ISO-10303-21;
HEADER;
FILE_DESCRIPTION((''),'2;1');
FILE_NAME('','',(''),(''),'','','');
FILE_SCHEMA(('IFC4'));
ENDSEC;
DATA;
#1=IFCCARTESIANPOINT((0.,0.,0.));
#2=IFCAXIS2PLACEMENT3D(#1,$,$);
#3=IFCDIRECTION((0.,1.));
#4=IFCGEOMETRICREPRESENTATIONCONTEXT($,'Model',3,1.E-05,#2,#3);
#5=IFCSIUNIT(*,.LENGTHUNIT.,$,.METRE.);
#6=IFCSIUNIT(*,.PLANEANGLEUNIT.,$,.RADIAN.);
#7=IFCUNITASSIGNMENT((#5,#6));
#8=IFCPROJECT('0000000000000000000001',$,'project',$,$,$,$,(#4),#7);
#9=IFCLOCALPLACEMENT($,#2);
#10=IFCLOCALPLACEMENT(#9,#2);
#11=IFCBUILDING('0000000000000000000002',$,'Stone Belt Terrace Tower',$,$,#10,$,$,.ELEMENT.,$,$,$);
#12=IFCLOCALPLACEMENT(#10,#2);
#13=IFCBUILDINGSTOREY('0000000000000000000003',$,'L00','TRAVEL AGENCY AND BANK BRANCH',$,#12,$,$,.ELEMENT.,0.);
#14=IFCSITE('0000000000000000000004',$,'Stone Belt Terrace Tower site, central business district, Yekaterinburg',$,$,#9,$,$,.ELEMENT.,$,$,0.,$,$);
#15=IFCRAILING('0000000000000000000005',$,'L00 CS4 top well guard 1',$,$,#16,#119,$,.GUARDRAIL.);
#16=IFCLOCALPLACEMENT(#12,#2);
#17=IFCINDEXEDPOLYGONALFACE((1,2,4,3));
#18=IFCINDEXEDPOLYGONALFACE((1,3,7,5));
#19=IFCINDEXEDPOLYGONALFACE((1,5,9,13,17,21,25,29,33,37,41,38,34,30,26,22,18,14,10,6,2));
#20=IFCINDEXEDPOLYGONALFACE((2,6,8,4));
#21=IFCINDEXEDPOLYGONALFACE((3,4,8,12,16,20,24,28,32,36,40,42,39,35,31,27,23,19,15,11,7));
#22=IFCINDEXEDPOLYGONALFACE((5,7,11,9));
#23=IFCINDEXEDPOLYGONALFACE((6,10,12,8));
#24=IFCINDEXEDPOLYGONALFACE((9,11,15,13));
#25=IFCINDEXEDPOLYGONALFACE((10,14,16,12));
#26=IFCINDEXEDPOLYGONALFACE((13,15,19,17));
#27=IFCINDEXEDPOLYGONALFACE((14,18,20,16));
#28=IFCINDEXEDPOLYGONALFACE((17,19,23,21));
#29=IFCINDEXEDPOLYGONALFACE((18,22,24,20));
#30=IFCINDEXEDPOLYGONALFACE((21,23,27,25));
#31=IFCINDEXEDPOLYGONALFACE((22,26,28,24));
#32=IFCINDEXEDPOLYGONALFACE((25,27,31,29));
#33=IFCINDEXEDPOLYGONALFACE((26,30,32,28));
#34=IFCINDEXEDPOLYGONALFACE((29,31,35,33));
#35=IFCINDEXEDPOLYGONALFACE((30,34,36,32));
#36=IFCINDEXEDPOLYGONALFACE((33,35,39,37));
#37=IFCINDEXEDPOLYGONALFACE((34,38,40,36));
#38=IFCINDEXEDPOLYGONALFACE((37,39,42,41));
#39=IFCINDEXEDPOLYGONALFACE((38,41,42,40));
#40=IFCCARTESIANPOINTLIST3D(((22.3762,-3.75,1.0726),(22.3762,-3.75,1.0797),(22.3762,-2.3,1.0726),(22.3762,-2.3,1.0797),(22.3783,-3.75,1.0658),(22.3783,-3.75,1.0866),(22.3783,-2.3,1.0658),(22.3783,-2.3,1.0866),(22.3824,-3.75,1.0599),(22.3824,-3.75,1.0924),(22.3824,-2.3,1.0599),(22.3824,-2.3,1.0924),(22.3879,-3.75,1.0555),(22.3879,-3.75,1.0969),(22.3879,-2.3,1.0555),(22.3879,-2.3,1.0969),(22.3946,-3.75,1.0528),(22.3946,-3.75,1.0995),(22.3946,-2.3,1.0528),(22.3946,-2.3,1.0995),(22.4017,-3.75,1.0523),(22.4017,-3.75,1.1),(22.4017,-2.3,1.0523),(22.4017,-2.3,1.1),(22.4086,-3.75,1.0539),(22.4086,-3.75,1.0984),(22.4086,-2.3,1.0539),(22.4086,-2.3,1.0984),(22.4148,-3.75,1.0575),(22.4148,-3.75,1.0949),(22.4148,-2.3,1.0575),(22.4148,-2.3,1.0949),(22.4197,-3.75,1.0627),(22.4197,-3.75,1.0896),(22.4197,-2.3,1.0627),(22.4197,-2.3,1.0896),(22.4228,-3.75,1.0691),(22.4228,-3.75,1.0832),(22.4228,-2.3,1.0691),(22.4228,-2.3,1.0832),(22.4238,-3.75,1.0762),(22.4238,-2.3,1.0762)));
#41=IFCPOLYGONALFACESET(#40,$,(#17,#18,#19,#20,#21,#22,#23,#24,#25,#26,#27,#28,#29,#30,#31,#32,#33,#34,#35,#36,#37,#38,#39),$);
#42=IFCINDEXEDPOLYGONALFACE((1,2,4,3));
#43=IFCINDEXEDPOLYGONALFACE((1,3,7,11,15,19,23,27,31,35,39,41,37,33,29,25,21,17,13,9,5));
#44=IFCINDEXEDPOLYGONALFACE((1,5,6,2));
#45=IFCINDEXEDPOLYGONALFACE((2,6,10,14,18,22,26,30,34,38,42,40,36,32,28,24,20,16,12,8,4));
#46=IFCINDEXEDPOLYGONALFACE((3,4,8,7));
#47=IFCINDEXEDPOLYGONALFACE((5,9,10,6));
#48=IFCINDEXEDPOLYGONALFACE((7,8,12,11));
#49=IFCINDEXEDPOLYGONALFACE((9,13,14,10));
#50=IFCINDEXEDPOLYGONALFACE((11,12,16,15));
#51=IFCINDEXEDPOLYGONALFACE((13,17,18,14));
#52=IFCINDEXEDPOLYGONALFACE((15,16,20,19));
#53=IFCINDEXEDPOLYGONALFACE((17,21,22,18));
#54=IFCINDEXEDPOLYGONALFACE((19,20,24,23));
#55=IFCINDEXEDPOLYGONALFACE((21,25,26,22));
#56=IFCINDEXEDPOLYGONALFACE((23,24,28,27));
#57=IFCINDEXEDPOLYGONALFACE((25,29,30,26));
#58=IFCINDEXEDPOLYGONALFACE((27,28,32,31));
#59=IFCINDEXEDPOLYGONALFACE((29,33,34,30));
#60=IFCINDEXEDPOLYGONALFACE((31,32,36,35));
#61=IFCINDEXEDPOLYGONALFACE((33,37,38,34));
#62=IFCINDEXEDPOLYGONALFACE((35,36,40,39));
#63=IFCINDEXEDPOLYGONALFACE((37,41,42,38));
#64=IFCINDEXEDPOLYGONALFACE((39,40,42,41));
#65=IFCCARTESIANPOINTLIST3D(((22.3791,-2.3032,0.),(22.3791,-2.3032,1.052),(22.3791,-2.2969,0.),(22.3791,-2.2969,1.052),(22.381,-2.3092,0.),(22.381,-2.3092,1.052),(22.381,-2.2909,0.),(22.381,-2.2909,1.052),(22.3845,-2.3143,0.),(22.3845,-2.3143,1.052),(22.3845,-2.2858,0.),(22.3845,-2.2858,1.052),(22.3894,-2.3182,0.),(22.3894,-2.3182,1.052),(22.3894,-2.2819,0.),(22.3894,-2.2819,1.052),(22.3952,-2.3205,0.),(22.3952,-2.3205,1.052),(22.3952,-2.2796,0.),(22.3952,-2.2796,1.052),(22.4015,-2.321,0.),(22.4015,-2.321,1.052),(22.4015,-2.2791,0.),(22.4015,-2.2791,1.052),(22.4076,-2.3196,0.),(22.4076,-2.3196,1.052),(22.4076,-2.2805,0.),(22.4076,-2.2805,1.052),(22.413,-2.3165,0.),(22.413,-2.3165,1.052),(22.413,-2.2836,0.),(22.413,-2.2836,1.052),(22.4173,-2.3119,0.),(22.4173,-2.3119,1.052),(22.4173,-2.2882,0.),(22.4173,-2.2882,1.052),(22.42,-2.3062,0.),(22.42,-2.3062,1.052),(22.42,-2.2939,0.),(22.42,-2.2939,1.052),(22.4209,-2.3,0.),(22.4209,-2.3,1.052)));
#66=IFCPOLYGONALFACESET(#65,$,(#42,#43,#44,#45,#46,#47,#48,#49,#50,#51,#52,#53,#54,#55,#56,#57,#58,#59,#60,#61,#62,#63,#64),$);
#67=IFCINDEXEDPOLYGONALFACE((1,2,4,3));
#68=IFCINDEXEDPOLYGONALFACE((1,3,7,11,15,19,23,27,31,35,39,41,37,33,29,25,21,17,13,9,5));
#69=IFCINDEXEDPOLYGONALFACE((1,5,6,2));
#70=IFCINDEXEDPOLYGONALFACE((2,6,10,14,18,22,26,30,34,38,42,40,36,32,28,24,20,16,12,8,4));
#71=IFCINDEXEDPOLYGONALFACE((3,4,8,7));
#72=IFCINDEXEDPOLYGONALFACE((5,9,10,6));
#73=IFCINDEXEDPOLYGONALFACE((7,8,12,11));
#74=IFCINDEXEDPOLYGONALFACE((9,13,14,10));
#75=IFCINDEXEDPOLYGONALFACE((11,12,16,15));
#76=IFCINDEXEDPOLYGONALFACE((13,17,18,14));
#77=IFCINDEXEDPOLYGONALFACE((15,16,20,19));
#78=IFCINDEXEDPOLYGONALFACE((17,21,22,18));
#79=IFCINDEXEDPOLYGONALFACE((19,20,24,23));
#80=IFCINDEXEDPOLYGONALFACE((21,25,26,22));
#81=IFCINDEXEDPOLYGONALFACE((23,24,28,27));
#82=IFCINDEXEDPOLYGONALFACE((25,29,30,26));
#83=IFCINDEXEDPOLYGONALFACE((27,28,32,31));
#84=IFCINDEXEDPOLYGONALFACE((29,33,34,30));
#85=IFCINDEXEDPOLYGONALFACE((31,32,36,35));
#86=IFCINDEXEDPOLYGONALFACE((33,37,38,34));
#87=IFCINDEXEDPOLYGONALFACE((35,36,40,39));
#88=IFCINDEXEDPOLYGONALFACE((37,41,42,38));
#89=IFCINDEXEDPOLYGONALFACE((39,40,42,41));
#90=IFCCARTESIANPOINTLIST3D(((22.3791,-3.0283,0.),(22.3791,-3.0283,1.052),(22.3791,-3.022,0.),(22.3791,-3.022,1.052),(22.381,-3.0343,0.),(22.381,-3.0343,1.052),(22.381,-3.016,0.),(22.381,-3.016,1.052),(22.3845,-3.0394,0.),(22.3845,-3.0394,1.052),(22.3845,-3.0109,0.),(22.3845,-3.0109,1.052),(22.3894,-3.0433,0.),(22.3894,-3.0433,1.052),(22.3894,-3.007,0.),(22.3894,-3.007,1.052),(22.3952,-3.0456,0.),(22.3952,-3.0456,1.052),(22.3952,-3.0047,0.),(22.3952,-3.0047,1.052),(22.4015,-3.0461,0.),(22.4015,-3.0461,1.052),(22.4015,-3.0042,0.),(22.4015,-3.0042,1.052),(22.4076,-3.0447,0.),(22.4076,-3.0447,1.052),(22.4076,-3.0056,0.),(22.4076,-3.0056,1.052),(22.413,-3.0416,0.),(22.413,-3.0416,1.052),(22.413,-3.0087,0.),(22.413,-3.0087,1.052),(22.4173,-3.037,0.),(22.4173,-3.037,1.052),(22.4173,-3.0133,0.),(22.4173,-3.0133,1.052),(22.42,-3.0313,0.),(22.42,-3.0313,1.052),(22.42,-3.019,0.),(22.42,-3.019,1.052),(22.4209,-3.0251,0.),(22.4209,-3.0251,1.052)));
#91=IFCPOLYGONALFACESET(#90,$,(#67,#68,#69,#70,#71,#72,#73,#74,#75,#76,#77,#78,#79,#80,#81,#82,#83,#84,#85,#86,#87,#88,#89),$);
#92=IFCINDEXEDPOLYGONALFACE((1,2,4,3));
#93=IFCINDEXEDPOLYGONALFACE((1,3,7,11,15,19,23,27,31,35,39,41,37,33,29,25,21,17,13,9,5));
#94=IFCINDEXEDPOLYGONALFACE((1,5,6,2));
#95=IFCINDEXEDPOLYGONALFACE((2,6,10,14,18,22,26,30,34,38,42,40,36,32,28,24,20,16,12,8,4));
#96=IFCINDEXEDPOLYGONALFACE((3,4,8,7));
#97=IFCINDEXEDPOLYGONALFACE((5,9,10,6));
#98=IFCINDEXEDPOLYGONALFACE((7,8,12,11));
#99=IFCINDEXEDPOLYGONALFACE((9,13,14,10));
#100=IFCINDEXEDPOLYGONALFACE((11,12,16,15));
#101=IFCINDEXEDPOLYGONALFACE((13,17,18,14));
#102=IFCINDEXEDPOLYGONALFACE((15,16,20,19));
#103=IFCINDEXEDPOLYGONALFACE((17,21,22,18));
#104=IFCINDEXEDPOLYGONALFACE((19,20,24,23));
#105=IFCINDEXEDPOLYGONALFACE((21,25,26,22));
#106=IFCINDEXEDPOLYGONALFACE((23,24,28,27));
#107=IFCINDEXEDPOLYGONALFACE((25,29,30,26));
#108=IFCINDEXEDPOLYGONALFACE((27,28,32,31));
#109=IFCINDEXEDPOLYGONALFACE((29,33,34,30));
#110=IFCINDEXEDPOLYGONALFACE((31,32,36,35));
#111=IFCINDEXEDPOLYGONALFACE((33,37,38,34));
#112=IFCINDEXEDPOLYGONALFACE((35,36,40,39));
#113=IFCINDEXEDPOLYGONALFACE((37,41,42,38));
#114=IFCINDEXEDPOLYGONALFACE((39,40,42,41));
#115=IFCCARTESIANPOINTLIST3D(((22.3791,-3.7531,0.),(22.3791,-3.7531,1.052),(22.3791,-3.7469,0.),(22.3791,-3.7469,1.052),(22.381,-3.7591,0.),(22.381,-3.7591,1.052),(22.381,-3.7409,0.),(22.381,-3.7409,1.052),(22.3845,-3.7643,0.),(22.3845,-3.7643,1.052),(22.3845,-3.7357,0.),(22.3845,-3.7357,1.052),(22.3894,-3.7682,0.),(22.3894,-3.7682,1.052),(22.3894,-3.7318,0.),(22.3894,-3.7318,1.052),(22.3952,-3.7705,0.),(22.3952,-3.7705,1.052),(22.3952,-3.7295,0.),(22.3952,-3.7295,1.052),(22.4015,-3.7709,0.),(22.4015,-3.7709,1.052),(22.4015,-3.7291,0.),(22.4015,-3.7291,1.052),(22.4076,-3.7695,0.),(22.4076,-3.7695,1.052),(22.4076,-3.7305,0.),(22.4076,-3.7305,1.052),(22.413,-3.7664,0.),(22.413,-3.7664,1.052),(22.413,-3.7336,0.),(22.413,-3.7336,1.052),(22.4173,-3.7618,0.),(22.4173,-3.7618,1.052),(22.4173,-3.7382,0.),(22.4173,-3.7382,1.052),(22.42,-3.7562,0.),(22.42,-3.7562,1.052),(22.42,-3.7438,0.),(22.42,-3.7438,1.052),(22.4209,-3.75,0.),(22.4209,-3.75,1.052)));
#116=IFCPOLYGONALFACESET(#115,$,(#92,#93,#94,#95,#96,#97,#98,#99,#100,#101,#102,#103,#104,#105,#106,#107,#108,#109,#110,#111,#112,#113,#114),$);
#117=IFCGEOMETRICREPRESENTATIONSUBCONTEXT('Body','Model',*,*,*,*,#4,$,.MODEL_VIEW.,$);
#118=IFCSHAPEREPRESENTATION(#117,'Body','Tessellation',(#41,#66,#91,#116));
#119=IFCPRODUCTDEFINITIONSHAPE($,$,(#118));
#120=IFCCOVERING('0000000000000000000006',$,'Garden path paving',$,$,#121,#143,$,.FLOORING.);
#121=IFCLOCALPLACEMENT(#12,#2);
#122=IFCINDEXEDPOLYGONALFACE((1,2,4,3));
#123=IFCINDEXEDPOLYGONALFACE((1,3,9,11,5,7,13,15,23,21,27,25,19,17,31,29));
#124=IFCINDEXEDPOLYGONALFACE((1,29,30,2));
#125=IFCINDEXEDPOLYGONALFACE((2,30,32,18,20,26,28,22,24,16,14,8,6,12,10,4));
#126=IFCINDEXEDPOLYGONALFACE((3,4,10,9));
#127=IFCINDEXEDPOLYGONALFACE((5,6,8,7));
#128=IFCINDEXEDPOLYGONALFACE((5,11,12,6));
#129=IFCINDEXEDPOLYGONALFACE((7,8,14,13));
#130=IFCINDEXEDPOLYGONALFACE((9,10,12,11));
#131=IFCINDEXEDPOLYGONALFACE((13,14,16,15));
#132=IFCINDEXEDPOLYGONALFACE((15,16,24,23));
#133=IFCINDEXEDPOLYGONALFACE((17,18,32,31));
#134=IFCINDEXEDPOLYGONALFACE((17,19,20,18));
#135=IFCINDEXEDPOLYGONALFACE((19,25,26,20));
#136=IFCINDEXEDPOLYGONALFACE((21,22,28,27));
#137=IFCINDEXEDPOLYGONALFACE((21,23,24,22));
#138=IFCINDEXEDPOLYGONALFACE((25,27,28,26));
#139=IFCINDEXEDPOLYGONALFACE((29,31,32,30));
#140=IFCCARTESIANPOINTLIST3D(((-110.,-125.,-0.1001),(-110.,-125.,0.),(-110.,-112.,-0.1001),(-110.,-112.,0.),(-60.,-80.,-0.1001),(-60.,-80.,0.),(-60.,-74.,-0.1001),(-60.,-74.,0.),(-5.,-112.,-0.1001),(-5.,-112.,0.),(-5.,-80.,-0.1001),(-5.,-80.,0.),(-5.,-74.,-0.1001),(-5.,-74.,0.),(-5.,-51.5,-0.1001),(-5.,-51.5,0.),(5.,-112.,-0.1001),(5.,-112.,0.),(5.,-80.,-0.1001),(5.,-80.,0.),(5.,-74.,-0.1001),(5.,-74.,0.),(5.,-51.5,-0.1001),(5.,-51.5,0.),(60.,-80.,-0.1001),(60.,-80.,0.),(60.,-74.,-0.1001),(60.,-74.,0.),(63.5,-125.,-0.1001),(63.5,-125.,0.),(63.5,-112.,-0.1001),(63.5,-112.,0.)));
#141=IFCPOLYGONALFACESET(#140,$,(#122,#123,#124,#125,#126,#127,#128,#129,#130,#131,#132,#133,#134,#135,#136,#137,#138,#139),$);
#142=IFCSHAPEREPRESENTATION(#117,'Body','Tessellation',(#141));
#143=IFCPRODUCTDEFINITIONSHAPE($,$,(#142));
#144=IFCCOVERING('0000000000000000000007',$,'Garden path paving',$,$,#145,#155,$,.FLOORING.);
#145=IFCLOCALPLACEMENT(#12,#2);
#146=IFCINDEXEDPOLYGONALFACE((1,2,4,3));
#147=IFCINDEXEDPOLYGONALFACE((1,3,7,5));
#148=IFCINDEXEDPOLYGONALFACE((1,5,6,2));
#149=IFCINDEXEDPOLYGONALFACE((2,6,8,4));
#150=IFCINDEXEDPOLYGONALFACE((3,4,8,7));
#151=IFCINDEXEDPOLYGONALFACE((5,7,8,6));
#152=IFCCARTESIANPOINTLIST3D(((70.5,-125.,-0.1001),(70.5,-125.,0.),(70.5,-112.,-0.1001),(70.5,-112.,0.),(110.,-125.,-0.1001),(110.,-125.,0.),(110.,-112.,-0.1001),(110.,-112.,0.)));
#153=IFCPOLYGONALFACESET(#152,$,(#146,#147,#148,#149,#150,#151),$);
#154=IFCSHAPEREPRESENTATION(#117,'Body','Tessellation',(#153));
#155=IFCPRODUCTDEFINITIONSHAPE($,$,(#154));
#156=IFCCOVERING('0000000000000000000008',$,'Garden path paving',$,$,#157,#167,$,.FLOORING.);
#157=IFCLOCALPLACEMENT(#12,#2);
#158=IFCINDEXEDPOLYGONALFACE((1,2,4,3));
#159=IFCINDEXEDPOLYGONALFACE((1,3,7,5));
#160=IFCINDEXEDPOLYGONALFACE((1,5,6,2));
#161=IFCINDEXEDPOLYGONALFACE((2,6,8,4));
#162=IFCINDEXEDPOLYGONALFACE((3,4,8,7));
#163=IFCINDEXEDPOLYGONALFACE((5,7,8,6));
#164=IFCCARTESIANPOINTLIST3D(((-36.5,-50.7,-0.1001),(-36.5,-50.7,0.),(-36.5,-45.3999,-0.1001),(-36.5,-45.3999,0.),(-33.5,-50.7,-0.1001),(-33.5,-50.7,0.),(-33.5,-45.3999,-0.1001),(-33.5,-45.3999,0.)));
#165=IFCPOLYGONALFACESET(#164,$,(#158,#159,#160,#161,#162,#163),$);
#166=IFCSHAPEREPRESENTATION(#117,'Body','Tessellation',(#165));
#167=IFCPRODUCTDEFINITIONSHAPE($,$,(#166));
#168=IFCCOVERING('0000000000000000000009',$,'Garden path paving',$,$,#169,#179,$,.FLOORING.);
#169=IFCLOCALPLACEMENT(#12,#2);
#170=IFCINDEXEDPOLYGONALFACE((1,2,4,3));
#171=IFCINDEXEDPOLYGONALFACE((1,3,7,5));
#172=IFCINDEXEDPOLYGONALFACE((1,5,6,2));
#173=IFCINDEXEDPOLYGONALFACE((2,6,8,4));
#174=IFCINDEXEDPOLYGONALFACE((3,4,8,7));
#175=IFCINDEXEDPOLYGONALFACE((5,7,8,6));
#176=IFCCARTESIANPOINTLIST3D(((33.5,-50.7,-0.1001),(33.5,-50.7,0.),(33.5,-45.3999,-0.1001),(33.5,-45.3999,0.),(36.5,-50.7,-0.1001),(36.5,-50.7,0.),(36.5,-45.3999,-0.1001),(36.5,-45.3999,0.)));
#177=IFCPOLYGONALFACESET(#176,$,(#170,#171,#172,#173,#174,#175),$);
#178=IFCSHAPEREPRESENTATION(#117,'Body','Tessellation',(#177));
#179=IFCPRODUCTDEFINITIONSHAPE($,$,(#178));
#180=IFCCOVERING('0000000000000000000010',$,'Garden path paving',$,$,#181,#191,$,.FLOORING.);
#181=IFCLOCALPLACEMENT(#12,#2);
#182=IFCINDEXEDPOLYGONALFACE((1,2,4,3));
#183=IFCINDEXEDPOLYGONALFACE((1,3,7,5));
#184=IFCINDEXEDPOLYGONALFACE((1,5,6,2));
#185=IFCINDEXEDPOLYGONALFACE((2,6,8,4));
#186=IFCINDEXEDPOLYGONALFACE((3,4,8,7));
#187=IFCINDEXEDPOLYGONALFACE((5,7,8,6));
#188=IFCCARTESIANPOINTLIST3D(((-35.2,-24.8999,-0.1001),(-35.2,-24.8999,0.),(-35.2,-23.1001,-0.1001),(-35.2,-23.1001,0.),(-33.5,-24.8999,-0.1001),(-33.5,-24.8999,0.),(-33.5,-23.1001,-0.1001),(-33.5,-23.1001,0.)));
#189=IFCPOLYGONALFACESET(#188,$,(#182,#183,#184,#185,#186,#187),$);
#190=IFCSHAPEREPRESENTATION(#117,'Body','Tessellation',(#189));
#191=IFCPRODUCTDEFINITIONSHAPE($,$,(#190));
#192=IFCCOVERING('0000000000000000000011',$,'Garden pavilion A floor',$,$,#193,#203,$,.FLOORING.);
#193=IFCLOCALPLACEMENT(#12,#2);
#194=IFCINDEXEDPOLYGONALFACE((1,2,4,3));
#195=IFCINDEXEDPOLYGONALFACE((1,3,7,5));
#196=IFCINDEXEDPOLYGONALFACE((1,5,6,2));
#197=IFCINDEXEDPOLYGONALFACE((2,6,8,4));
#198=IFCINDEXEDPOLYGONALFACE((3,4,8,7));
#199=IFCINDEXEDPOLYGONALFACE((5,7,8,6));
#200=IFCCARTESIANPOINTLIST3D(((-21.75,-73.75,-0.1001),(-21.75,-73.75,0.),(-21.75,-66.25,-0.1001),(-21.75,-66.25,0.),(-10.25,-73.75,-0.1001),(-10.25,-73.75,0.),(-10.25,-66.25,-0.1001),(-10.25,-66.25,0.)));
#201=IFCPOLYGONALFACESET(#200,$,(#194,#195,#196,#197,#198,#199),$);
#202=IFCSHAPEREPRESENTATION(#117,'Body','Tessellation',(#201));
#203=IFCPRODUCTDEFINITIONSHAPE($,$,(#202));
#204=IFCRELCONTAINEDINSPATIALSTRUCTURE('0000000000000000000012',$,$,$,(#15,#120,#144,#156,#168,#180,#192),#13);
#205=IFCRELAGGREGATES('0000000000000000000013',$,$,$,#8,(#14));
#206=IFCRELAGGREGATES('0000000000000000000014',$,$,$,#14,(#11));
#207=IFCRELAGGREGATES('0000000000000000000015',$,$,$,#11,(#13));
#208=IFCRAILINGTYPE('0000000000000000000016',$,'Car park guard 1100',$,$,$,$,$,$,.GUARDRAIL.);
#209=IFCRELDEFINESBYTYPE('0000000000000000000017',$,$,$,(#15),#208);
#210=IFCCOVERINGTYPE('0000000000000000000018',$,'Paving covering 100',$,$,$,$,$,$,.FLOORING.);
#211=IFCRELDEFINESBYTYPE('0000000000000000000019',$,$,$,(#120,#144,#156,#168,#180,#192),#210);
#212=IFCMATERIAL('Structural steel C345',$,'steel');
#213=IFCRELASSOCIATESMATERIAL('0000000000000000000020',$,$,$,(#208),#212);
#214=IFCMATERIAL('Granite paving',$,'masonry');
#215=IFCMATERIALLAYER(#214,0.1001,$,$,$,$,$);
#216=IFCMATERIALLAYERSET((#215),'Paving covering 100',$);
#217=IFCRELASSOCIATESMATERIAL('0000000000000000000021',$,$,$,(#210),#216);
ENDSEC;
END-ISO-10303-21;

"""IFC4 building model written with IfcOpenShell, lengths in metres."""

from ifc_helpers import new_model, si_unit, direction, frame, origin, origin_2d, place, context, subcontext, project, spatial, polyline, circle, outline, extrude, material, layer, layer_set, type_object, element, save


model = new_model("IFC4")

# Units and contexts
model_context = context("Model", 3, precision=1e-05, world=origin(), true_north=direction((0.0, 1.0)))
body_context = subcontext(model_context, "Body", "Model", "MODEL_VIEW")
ifc_project = project(units=[si_unit("LENGTHUNIT", "METRE"), si_unit("PLANEANGLEUNIT", "RADIAN")], contexts=[model_context])

# Site, building, storey
site_placement = place(None, origin())
site = spatial("IfcSite", under=ifc_project, at=site_placement, Name="Stone Belt Terrace Tower site, central business district, Yekaterinburg", CompositionType="ELEMENT", RefElevation=0.0)
building_placement = place(site_placement, origin())
building = spatial("IfcBuilding", under=site, at=building_placement, Name="Stone Belt Terrace Tower", CompositionType="ELEMENT")
storey_placement = place(building_placement, origin())
storey = spatial("IfcBuildingStorey", under=building, at=storey_placement, Name="L00", Description="TRAVEL AGENCY AND BANK BRANCH", CompositionType="ELEMENT", Elevation=0.0)

# Shared definitions
ifc_material_1 = material(Name="Granite paving", Category="masonry")

# Railing
ifc_material_2 = material(Name="Structural steel C345", Category="steel")
railing_type = type_object("IfcRailingType", Name="Car park guard 1100", PredefinedType="GUARDRAIL", material=ifc_material_2)
railing_placement = place(storey_placement, frame((22.3999, -2.3, 0.0)))
element("IfcRailing", 1, at=railing_placement, inside=storey, type_object=railing_type, Name="L00 CS4 top well guard 1", PredefinedType="GUARDRAIL", context=body_context, shape_type="SweptSolid", body=[
    extrude(circle(Radius=0.0239, at=origin_2d()), frame((0.0, 0.0, 1.0762), z_axis=(0.0, -1.0, 0.0), x_axis=(1.0, 0.0, 0.0)), (0.0, 0.0, 1.0), 1.45),
    extrude(circle(Radius=0.021, at=origin_2d()), origin(), (0.0, 0.0, 1.0), 1.052),
    extrude(circle(Radius=0.021, at=origin_2d()), frame((0.0, -0.7251, 0.0)), (0.0, 0.0, 1.0), 1.052),
    extrude(circle(Radius=0.021, at=origin_2d()), frame((0.0, -1.45, 0.0)), (0.0, 0.0, 1.0), 1.052),
])

# Coverings
ifc_layer_1 = layer(ifc_material_1, 0.1001)
ifc_layer_set_1 = layer_set([ifc_layer_1], Name="Paving covering 100")
covering_type_1 = type_object("IfcCoveringType", Name="Paving covering 100", PredefinedType="FLOORING", material=ifc_layer_set_1)
covering_1_placement = place(storey_placement, frame((0.0, 0.0, -0.1001)))
element("IfcCovering", 2, at=covering_1_placement, inside=storey, type_object=covering_type_1, Name="Garden path paving", PredefinedType="FLOORING", context=body_context, shape_type="SweptSolid", body=[
    extrude(outline(polyline([(-110.0, -125.0), (63.5, -125.0), (63.5, -112.0), (5.0, -112.0), (5.0, -80.0), (60.0, -80.0), (60.0, -74.0), (5.0, -74.0), (5.0, -51.5), (-5.0, -51.5), (-5.0, -74.0), (-60.0, -74.0), (-60.0, -80.0), (-5.0, -80.0), (-5.0, -112.0), (-110.0, -112.0), (-110.0, -125.0)])), origin(), (0.0, 0.0, 1.0), 0.1001),
])
covering_2_placement = place(storey_placement, frame((0.0, 0.0, -0.1001)))
element("IfcCovering", 3, at=covering_2_placement, inside=storey, type_object=covering_type_1, Name="Garden path paving", PredefinedType="FLOORING", context=body_context, shape_type="SweptSolid", body=[
    extrude(outline(polyline([(70.5, -125.0), (110.0, -125.0), (110.0, -112.0), (70.5, -112.0), (70.5, -125.0)])), origin(), (0.0, 0.0, 1.0), 0.1001),
])
covering_3_placement = place(storey_placement, frame((0.0, 0.0, -0.1001)))
element("IfcCovering", 4, at=covering_3_placement, inside=storey, type_object=covering_type_1, Name="Garden path paving", PredefinedType="FLOORING", context=body_context, shape_type="SweptSolid", body=[
    extrude(outline(polyline([(-36.5, -50.7), (-33.5, -50.7), (-33.5, -45.3999), (-36.5, -45.3999), (-36.5, -50.7)])), origin(), (0.0, 0.0, 1.0), 0.1001),
])
covering_4_placement = place(storey_placement, frame((0.0, 0.0, -0.1001)))
element("IfcCovering", 5, at=covering_4_placement, inside=storey, type_object=covering_type_1, Name="Garden path paving", PredefinedType="FLOORING", context=body_context, shape_type="SweptSolid", body=[
    extrude(outline(polyline([(33.5, -50.7), (36.5, -50.7), (36.5, -45.3999), (33.5, -45.3999), (33.5, -50.7)])), origin(), (0.0, 0.0, 1.0), 0.1001),
])
covering_5_placement = place(storey_placement, frame((0.0, 0.0, -0.1001)))
element("IfcCovering", 6, at=covering_5_placement, inside=storey, type_object=covering_type_1, Name="Garden path paving", PredefinedType="FLOORING", context=body_context, shape_type="SweptSolid", body=[
    extrude(outline(polyline([(-35.2, -24.8999), (-33.5, -24.8999), (-33.5, -23.1001), (-35.2, -23.1001), (-35.2, -24.8999)])), origin(), (0.0, 0.0, 1.0), 0.1001),
])
covering_6_placement = place(storey_placement, frame((0.0, 0.0, -0.1001)))
element("IfcCovering", 7, at=covering_6_placement, inside=storey, type_object=covering_type_1, Name="Garden pavilion A floor", PredefinedType="FLOORING", context=body_context, shape_type="SweptSolid", body=[
    extrude(outline(polyline([(-21.75, -73.75), (-10.25, -73.75), (-10.25, -66.25), (-21.75, -66.25), (-21.75, -73.75)])), origin(), (0.0, 0.0, 1.0), 0.1001),
])

save(model, "model.ifc")
